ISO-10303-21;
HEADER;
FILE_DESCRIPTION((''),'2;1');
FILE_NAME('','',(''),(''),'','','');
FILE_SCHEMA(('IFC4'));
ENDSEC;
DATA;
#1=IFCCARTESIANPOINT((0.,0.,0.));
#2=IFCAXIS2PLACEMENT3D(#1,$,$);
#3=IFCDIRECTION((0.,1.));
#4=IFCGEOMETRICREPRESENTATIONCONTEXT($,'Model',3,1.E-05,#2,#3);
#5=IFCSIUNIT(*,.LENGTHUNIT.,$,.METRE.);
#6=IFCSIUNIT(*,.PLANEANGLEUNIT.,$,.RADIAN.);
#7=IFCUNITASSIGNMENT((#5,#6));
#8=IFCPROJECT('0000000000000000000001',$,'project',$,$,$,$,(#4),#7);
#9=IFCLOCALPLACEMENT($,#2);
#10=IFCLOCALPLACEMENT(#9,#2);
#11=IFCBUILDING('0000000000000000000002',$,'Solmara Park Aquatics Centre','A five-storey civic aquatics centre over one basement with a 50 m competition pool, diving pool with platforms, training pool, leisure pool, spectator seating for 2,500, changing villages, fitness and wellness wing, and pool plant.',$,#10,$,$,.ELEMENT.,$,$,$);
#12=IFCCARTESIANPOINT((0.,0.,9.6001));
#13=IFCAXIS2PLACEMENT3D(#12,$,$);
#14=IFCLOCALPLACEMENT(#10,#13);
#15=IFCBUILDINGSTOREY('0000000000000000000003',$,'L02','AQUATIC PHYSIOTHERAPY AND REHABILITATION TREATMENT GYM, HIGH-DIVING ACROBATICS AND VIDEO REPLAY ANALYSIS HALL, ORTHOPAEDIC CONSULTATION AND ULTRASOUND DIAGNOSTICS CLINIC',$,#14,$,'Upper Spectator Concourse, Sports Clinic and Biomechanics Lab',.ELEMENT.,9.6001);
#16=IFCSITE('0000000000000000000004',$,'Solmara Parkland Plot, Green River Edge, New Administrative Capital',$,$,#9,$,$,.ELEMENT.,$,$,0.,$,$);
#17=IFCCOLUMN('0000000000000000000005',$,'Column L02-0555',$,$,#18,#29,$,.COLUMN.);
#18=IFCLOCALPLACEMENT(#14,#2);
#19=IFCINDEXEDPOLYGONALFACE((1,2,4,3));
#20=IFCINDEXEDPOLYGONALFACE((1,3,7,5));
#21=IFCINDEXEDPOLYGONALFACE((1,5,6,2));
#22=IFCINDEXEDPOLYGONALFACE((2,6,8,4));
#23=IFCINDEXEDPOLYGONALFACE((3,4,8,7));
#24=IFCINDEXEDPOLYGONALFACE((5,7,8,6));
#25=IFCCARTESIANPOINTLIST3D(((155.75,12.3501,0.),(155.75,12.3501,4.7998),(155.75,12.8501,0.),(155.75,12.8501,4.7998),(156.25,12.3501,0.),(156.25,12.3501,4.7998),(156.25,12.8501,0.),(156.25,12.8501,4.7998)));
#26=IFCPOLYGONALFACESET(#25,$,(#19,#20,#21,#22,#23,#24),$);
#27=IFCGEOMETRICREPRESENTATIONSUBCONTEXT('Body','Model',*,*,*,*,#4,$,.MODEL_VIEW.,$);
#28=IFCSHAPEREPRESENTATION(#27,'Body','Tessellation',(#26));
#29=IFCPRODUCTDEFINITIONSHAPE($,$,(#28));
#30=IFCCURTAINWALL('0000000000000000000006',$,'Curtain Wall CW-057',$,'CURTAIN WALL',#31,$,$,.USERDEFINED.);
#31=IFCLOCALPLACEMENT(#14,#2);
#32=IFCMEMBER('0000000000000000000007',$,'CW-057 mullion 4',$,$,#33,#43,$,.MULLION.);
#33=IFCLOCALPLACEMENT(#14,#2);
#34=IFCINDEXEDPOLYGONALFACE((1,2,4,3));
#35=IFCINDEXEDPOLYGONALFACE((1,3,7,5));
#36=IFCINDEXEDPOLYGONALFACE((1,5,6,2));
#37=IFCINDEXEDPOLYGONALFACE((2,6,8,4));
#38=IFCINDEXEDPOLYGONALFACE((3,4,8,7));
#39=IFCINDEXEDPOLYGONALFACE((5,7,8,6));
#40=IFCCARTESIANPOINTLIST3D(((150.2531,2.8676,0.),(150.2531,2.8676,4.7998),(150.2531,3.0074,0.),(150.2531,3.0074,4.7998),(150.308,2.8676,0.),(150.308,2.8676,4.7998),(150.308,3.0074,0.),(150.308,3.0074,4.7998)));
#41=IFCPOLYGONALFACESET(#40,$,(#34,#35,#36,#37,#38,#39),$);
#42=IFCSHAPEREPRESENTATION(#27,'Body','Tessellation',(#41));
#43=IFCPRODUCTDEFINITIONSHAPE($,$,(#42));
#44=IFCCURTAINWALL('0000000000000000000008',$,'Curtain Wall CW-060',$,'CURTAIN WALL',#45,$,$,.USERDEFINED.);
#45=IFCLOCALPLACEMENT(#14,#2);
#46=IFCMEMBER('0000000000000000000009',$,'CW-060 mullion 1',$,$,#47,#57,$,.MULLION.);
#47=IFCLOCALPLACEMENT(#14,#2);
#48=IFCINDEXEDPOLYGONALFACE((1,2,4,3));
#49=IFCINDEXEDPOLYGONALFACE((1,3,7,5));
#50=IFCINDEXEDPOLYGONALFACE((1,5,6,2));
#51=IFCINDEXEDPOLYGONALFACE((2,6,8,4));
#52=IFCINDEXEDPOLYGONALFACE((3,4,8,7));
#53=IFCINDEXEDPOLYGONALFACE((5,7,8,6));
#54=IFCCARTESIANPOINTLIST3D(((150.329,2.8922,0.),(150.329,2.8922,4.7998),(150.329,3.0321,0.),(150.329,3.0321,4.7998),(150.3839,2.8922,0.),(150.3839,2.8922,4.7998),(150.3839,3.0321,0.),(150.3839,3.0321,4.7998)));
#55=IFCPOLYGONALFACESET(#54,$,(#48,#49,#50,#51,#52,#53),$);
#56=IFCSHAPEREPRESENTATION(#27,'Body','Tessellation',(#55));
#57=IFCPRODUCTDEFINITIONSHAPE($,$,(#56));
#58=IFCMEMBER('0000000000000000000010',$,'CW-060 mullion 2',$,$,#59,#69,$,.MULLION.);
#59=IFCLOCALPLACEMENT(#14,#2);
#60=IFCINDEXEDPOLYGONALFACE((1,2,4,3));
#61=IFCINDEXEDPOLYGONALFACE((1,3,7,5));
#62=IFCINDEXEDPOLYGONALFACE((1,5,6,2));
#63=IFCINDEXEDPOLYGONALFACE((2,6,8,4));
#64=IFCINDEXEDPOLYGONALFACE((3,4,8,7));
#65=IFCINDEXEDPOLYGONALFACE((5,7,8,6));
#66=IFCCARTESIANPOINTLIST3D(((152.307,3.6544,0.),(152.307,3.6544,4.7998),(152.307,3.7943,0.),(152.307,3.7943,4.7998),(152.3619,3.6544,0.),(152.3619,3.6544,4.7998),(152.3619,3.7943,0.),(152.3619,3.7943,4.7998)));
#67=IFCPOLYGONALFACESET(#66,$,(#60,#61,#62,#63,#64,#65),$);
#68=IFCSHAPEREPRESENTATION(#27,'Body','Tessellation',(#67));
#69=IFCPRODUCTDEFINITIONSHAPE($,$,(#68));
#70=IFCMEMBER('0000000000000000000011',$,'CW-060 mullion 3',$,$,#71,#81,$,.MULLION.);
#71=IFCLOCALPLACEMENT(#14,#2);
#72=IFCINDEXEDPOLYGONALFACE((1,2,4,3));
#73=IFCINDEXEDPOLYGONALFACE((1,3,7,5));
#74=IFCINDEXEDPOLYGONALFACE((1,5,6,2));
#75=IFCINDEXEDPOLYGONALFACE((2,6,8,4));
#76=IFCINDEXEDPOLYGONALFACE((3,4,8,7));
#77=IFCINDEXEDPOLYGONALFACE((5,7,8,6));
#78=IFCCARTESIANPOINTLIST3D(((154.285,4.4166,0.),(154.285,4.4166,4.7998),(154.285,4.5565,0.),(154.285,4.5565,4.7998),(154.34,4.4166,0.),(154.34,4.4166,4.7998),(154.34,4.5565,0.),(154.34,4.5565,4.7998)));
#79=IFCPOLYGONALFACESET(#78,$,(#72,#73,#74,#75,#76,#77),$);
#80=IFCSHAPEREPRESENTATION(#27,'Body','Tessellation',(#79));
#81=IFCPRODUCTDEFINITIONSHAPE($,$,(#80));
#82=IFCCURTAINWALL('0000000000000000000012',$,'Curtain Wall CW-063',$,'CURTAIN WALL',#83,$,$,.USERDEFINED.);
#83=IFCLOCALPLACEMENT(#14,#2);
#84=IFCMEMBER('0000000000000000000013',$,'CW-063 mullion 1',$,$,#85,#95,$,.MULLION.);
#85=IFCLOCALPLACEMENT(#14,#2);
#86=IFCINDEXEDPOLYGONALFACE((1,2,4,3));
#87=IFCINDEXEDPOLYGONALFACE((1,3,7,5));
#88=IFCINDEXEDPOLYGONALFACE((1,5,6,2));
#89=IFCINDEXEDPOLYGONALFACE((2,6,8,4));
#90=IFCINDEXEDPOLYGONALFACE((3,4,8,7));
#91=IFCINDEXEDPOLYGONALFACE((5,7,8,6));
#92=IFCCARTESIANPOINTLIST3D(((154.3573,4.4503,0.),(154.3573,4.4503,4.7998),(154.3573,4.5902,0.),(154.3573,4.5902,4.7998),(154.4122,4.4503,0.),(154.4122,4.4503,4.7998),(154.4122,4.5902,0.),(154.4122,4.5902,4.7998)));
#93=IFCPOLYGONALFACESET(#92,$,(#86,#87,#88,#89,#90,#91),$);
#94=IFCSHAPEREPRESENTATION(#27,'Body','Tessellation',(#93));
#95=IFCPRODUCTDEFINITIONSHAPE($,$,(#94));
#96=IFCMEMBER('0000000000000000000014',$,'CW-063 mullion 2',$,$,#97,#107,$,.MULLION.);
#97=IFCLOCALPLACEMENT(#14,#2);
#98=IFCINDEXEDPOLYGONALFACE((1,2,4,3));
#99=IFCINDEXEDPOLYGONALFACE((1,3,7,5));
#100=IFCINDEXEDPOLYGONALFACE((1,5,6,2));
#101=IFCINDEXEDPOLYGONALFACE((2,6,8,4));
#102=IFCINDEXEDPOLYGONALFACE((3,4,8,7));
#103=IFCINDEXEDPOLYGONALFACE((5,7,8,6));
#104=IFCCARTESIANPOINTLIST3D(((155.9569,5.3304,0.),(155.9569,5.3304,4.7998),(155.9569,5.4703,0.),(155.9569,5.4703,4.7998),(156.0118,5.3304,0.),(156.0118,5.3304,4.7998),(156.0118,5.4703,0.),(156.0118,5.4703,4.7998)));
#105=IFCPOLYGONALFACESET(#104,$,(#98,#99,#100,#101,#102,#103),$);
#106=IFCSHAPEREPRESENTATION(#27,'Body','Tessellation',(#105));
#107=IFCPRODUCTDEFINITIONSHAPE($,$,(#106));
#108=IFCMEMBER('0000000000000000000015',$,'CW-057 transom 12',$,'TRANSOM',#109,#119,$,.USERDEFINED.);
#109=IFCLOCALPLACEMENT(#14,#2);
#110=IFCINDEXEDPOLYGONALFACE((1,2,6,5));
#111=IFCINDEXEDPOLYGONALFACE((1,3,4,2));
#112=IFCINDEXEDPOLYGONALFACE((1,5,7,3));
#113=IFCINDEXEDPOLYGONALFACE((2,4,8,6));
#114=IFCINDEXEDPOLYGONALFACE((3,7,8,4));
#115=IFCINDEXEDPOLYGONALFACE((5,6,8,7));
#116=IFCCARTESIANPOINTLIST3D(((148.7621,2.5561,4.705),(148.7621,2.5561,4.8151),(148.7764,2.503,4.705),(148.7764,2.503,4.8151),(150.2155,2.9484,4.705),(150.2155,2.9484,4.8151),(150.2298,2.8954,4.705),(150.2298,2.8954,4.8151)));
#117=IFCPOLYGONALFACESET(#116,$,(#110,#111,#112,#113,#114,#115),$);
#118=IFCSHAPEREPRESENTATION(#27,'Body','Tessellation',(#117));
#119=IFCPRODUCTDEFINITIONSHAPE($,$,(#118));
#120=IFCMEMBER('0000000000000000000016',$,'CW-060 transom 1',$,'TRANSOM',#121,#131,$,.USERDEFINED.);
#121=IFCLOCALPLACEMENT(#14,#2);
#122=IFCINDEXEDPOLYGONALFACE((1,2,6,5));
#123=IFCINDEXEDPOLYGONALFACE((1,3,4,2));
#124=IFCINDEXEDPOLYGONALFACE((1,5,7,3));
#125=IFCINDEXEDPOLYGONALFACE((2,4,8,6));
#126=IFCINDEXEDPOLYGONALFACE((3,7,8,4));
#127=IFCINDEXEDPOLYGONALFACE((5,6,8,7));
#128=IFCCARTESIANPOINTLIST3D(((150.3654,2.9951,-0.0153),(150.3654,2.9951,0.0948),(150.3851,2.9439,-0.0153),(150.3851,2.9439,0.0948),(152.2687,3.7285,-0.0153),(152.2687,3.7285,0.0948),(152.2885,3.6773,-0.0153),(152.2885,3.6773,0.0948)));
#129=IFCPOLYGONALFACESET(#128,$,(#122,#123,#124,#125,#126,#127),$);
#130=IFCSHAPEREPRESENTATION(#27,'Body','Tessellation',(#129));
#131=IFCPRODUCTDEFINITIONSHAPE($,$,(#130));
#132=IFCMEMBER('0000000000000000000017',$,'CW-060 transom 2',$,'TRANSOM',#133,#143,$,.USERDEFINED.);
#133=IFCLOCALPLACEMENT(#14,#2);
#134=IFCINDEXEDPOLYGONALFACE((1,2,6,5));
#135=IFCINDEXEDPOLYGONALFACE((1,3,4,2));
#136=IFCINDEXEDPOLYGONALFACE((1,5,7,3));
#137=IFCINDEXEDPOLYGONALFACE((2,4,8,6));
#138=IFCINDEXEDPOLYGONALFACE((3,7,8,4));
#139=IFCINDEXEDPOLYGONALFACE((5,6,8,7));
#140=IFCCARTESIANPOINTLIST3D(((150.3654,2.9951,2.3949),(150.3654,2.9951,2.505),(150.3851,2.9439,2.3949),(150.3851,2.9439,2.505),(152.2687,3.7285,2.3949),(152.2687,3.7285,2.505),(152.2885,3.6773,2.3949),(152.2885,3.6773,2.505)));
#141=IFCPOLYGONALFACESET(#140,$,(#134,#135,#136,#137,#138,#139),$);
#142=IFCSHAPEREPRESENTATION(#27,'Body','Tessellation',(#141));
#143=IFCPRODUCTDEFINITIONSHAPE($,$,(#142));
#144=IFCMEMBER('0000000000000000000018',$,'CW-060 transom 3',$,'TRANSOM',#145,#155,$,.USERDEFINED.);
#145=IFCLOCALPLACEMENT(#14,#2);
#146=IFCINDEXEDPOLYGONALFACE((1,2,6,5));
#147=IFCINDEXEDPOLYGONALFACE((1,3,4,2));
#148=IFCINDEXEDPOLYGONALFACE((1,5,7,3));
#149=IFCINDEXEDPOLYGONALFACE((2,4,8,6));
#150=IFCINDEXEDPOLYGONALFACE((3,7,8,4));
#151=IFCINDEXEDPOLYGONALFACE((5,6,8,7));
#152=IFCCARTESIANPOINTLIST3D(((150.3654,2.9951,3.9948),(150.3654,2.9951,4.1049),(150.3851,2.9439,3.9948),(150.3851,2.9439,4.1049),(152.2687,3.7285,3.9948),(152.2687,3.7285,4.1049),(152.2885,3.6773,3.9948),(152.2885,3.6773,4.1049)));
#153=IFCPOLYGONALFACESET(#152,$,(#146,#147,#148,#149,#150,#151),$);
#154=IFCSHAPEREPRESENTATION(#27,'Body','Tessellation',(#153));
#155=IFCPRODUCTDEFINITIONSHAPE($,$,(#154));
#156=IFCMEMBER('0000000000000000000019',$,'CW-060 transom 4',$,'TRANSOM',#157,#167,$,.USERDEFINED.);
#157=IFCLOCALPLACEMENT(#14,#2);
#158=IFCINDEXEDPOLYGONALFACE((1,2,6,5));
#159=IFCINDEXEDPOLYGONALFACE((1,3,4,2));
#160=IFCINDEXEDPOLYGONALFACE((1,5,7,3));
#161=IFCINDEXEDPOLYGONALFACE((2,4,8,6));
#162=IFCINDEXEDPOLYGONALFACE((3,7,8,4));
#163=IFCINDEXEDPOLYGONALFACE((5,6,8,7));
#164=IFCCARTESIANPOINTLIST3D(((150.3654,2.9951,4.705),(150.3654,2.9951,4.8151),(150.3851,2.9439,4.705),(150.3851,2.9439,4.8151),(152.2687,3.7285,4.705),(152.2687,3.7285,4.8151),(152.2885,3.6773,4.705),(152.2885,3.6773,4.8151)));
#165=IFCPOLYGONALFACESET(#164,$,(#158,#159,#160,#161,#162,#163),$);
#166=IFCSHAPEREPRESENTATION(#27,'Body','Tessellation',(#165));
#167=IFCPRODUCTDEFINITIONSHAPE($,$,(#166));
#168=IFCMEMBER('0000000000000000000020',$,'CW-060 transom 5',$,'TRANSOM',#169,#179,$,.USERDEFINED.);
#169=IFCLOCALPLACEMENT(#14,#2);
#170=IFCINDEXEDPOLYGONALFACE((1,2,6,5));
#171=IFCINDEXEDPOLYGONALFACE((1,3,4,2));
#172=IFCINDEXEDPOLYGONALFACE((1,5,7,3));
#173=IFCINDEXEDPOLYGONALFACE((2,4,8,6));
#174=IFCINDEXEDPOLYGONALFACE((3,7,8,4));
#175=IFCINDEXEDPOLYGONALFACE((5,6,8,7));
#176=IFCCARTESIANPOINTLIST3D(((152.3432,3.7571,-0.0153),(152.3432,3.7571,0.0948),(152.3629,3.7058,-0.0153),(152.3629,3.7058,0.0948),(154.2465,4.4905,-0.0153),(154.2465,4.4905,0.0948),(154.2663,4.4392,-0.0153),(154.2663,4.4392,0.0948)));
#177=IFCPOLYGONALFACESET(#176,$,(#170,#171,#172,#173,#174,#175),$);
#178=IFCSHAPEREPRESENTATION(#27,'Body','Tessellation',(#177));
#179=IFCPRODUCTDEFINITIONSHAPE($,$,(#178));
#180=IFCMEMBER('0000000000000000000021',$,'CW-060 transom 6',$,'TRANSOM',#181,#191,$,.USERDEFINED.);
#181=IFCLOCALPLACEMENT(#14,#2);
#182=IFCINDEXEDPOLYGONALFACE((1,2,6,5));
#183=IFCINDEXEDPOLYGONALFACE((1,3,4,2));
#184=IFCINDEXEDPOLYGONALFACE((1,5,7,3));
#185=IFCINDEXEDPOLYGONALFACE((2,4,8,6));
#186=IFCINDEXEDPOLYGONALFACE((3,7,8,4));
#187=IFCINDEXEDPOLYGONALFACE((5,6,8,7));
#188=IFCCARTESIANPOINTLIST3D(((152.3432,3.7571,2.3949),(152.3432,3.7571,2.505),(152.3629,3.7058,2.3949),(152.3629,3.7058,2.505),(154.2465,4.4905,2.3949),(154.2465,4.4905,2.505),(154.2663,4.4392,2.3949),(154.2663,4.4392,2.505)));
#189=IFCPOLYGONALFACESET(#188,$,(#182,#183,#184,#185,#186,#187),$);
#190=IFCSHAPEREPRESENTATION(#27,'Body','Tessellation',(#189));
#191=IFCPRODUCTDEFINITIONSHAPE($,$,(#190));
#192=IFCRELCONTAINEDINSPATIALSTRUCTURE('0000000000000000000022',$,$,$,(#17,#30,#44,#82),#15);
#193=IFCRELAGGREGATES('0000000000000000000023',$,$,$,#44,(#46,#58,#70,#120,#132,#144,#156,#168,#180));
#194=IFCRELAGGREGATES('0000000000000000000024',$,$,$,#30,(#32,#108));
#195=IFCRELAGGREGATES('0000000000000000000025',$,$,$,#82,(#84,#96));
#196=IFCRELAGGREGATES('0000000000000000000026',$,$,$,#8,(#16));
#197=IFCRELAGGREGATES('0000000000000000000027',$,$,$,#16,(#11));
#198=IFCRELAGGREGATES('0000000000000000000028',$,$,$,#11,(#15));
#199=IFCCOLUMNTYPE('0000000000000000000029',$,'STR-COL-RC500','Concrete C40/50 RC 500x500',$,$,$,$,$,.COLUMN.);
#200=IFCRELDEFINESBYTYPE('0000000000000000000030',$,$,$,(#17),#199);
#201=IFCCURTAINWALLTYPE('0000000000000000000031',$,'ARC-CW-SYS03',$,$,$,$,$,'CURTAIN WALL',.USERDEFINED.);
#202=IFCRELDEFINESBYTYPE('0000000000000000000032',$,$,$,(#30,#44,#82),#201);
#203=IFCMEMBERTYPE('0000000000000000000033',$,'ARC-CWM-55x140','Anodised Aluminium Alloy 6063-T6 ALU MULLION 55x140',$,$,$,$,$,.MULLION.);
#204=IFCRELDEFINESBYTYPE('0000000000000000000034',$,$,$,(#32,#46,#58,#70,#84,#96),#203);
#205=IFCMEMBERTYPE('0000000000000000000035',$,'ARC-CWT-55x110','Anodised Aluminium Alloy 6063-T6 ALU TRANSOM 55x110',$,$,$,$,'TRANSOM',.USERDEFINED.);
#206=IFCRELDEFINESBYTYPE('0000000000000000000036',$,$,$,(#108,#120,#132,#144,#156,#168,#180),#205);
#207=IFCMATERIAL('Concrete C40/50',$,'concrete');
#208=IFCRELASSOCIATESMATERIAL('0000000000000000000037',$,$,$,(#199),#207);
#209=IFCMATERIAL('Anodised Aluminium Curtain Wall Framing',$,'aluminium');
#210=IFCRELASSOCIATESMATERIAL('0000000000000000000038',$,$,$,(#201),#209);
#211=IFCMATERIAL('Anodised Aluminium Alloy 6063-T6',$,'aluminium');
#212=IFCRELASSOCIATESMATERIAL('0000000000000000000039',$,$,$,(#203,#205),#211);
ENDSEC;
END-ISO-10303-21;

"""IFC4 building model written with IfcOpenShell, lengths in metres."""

from ifc_helpers import new_model, si_unit, direction, frame, origin, origin_2d, place, context, subcontext, project, spatial, rectangle, extrude, material, material_profile, profile_set, type_object, element, aggregate, save


model = new_model("IFC4")

# Units and contexts
model_context = context("Model", 3, precision=1e-05, world=origin(), true_north=direction((0.0, 1.0)))
body_context = subcontext(model_context, "Body", "Model", "MODEL_VIEW")
ifc_project = project(units=[si_unit("LENGTHUNIT", "METRE"), si_unit("PLANEANGLEUNIT", "RADIAN")], contexts=[model_context])

# Site, building, storey
site_placement = place(None, origin())
site = spatial("IfcSite", under=ifc_project, at=site_placement, Name="Solmara Parkland Plot, Green River Edge, New Administrative Capital", CompositionType="ELEMENT", RefElevation=0.0)
building_placement = place(site_placement, origin())
building = spatial("IfcBuilding", under=site, at=building_placement, Name="Solmara Park Aquatics Centre", Description="A five-storey civic aquatics centre over one basement with a 50 m competition pool, diving pool with platforms, training pool, leisure pool, spectator seating for 2,500, changing villages, fitness and wellness wing, and pool plant.", CompositionType="ELEMENT")
storey_placement = place(building_placement, frame((0.0, 0.0, 9.6001)))
storey = spatial("IfcBuildingStorey", under=building, at=storey_placement, Name="L02", Description="AQUATIC PHYSIOTHERAPY AND REHABILITATION TREATMENT GYM, HIGH-DIVING ACROBATICS AND VIDEO REPLAY ANALYSIS HALL, ORTHOPAEDIC CONSULTATION AND ULTRASOUND DIAGNOSTICS CLINIC", LongName="Upper Spectator Concourse, Sports Clinic and Biomechanics Lab", CompositionType="ELEMENT", Elevation=9.6001)

# Column
ifc_material_1 = material(Name="Concrete C40/50", Category="concrete")
ifc_material_profile_1 = material_profile(ifc_material_1, rectangle(XDim=0.5, YDim=0.5, at=origin_2d()), Name="RC 500x500")
ifc_profile_set_1 = profile_set([ifc_material_profile_1], Name="Concrete C40/50")
column_type = type_object("IfcColumnType", Name="STR-COL-RC500", Description="Concrete C40/50 RC 500x500", PredefinedType="COLUMN", material=ifc_profile_set_1)
column_placement = place(storey_placement, frame((156.0, 12.6001, 0.0), z_axis=(0.0, 0.0, 1.0), x_axis=(1.0, 0.0, 0.0)))
element("IfcColumn", 1, at=column_placement, inside=storey, type_object=column_type, Name="Column L02-0555", PredefinedType="COLUMN", context=body_context, shape_type="SweptSolid", body=[
    extrude(rectangle(XDim=0.5, YDim=0.5, at=origin_2d()), origin(), (0.0, 0.0, 1.0), 4.7998),
])

# Curtain wall, member
ifc_material_2 = material(Name="Anodised Aluminium Curtain Wall Framing", Category="aluminium")
curtain_wall_type = type_object("IfcCurtainWallType", Name="ARC-CW-SYS03", ElementType="CURTAIN WALL", PredefinedType="USERDEFINED", material=ifc_material_2)
curtain_wall_1_placement = place(storey_placement, origin())
curtain_wall_1 = element("IfcCurtainWall", 2, at=curtain_wall_1_placement, inside=storey, type_object=curtain_wall_type, Name="Curtain Wall CW-057", ObjectType="CURTAIN WALL", PredefinedType="USERDEFINED")
ifc_material_3 = material(Name="Anodised Aluminium Alloy 6063-T6", Category="aluminium")
ifc_material_profile_2 = material_profile(ifc_material_3, rectangle(XDim=0.0549, YDim=0.1399, at=origin_2d()), Name="ALU MULLION 55x140")
ifc_profile_set_2 = profile_set([ifc_material_profile_2], Name="Anodised Aluminium Alloy 6063-T6")
member_type_1 = type_object("IfcMemberType", Name="ARC-CWM-55x140", Description="Anodised Aluminium Alloy 6063-T6 ALU MULLION 55x140", PredefinedType="MULLION", material=ifc_profile_set_2)
member_1_placement = place(storey_placement, frame((150.2805, 2.9375, 0.0), z_axis=(0.0, 0.0, 1.0), x_axis=(1.0, 0.0, 0.0)))
member_1 = element("IfcMember", 3, at=member_1_placement, type_object=member_type_1, Name="CW-057 mullion 4", PredefinedType="MULLION", context=body_context, shape_type="SweptSolid", body=[
    extrude(rectangle(XDim=0.0549, YDim=0.1399, at=origin_2d()), origin(), (0.0, 0.0, 1.0), 4.7998),
])

# Curtain walls, members
curtain_wall_2_placement = place(storey_placement, origin())
curtain_wall_2 = element("IfcCurtainWall", 4, at=curtain_wall_2_placement, inside=storey, type_object=curtain_wall_type, Name="Curtain Wall CW-060", ObjectType="CURTAIN WALL", PredefinedType="USERDEFINED")
member_2_placement = place(storey_placement, frame((150.3564, 2.9622, 0.0), z_axis=(0.0, 0.0, 1.0), x_axis=(1.0, 0.0, 0.0)))
member_2 = element("IfcMember", 5, at=member_2_placement, type_object=member_type_1, Name="CW-060 mullion 1", PredefinedType="MULLION", context=body_context, shape_type="SweptSolid", body=[
    extrude(rectangle(XDim=0.0549, YDim=0.1399, at=origin_2d()), origin(), (0.0, 0.0, 1.0), 4.7998),
])
member_3_placement = place(storey_placement, frame((152.3345, 3.7244, 0.0), z_axis=(0.0, 0.0, 1.0), x_axis=(1.0, 0.0, 0.0)))
member_3 = element("IfcMember", 6, at=member_3_placement, type_object=member_type_1, Name="CW-060 mullion 2", PredefinedType="MULLION", context=body_context, shape_type="SweptSolid", body=[
    extrude(rectangle(XDim=0.0549, YDim=0.1399, at=origin_2d()), origin(), (0.0, 0.0, 1.0), 4.7998),
])
member_4_placement = place(storey_placement, frame((154.3125, 4.4866, 0.0), z_axis=(0.0, 0.0, 1.0), x_axis=(1.0, 0.0, 0.0)))
member_4 = element("IfcMember", 7, at=member_4_placement, type_object=member_type_1, Name="CW-060 mullion 3", PredefinedType="MULLION", context=body_context, shape_type="SweptSolid", body=[
    extrude(rectangle(XDim=0.0549, YDim=0.1399, at=origin_2d()), origin(), (0.0, 0.0, 1.0), 4.7998),
])
curtain_wall_3_placement = place(storey_placement, origin())
curtain_wall_3 = element("IfcCurtainWall", 8, at=curtain_wall_3_placement, inside=storey, type_object=curtain_wall_type, Name="Curtain Wall CW-063", ObjectType="CURTAIN WALL", PredefinedType="USERDEFINED")
member_5_placement = place(storey_placement, frame((154.3848, 4.5203, 0.0), z_axis=(0.0, 0.0, 1.0), x_axis=(1.0, 0.0, 0.0)))
member_5 = element("IfcMember", 9, at=member_5_placement, type_object=member_type_1, Name="CW-063 mullion 1", PredefinedType="MULLION", context=body_context, shape_type="SweptSolid", body=[
    extrude(rectangle(XDim=0.0549, YDim=0.1399, at=origin_2d()), origin(), (0.0, 0.0, 1.0), 4.7998),
])
member_6_placement = place(storey_placement, frame((155.9844, 5.4004, 0.0), z_axis=(0.0, 0.0, 1.0), x_axis=(1.0, 0.0, 0.0)))
member_6 = element("IfcMember", 10, at=member_6_placement, type_object=member_type_1, Name="CW-063 mullion 2", PredefinedType="MULLION", context=body_context, shape_type="SweptSolid", body=[
    extrude(rectangle(XDim=0.0549, YDim=0.1399, at=origin_2d()), origin(), (0.0, 0.0, 1.0), 4.7998),
])

# Members
ifc_material_profile_3 = material_profile(ifc_material_3, rectangle(XDim=0.0549, YDim=0.1101, at=origin_2d()), Name="ALU TRANSOM 55x110")
ifc_profile_set_3 = profile_set([ifc_material_profile_3], Name="Anodised Aluminium Alloy 6063-T6")
member_type_2 = type_object("IfcMemberType", Name="ARC-CWT-55x110", Description="Anodised Aluminium Alloy 6063-T6 ALU TRANSOM 55x110", ElementType="TRANSOM", PredefinedType="USERDEFINED", material=ifc_profile_set_3)
member_7_placement = place(storey_placement, frame((148.7693, 2.5295, 4.76), z_axis=(0.965442, 0.260619, 0.0), x_axis=(-0.260619, 0.965442, 0.0)))
member_7 = element("IfcMember", 11, at=member_7_placement, type_object=member_type_2, Name="CW-057 transom 12", ObjectType="TRANSOM", PredefinedType="USERDEFINED", context=body_context, shape_type="SweptSolid", body=[
    extrude(rectangle(XDim=0.0549, YDim=0.1101, at=origin_2d()), origin(), (0.0, 0.0, 1.0), 1.5054),
])
member_8_placement = place(storey_placement, frame((150.3752, 2.9695, 0.0398), z_axis=(0.933123, 0.359556, 0.0), x_axis=(-0.359556, 0.933123, 0.0)))
member_8 = element("IfcMember", 12, at=member_8_placement, type_object=member_type_2, Name="CW-060 transom 1", ObjectType="TRANSOM", PredefinedType="USERDEFINED", context=body_context, shape_type="SweptSolid", body=[
    extrude(rectangle(XDim=0.0549, YDim=0.1101, at=origin_2d()), origin(), (0.0, 0.0, 1.0), 2.0398),
])
member_9_placement = place(storey_placement, frame((150.3752, 2.9695, 2.45), z_axis=(0.933123, 0.359556, 0.0), x_axis=(-0.359556, 0.933123, 0.0)))
member_9 = element("IfcMember", 13, at=member_9_placement, type_object=member_type_2, Name="CW-060 transom 2", ObjectType="TRANSOM", PredefinedType="USERDEFINED", context=body_context, shape_type="SweptSolid", body=[
    extrude(rectangle(XDim=0.0549, YDim=0.1101, at=origin_2d()), origin(), (0.0, 0.0, 1.0), 2.0398),
])
member_10_placement = place(storey_placement, frame((150.3752, 2.9695, 4.0498), z_axis=(0.933123, 0.359556, 0.0), x_axis=(-0.359556, 0.933123, 0.0)))
member_10 = element("IfcMember", 14, at=member_10_placement, type_object=member_type_2, Name="CW-060 transom 3", ObjectType="TRANSOM", PredefinedType="USERDEFINED", context=body_context, shape_type="SweptSolid", body=[
    extrude(rectangle(XDim=0.0549, YDim=0.1101, at=origin_2d()), origin(), (0.0, 0.0, 1.0), 2.0398),
])
member_11_placement = place(storey_placement, frame((150.3752, 2.9695, 4.76), z_axis=(0.933123, 0.359556, 0.0), x_axis=(-0.359556, 0.933123, 0.0)))
member_11 = element("IfcMember", 15, at=member_11_placement, type_object=member_type_2, Name="CW-060 transom 4", ObjectType="TRANSOM", PredefinedType="USERDEFINED", context=body_context, shape_type="SweptSolid", body=[
    extrude(rectangle(XDim=0.0549, YDim=0.1101, at=origin_2d()), origin(), (0.0, 0.0, 1.0), 2.0398),
])
member_12_placement = place(storey_placement, frame((152.353, 3.7314, 0.0398), z_axis=(0.933123, 0.359556, 0.0), x_axis=(-0.359556, 0.933123, 0.0)))
member_12 = element("IfcMember", 16, at=member_12_placement, type_object=member_type_2, Name="CW-060 transom 5", ObjectType="TRANSOM", PredefinedType="USERDEFINED", context=body_context, shape_type="SweptSolid", body=[
    extrude(rectangle(XDim=0.0549, YDim=0.1101, at=origin_2d()), origin(), (0.0, 0.0, 1.0), 2.0398),
])
member_13_placement = place(storey_placement, frame((152.353, 3.7314, 2.45), z_axis=(0.933123, 0.359556, 0.0), x_axis=(-0.359556, 0.933123, 0.0)))
member_13 = element("IfcMember", 17, at=member_13_placement, type_object=member_type_2, Name="CW-060 transom 6", ObjectType="TRANSOM", PredefinedType="USERDEFINED", context=body_context, shape_type="SweptSolid", body=[
    extrude(rectangle(XDim=0.0549, YDim=0.1101, at=origin_2d()), origin(), (0.0, 0.0, 1.0), 2.0398),
])

aggregate(curtain_wall_2, [member_2, member_3, member_4, member_8, member_9, member_10, member_11, member_12, member_13])
aggregate(curtain_wall_1, [member_1, member_7])
aggregate(curtain_wall_3, [member_5, member_6])

save(model, "model.ifc")
